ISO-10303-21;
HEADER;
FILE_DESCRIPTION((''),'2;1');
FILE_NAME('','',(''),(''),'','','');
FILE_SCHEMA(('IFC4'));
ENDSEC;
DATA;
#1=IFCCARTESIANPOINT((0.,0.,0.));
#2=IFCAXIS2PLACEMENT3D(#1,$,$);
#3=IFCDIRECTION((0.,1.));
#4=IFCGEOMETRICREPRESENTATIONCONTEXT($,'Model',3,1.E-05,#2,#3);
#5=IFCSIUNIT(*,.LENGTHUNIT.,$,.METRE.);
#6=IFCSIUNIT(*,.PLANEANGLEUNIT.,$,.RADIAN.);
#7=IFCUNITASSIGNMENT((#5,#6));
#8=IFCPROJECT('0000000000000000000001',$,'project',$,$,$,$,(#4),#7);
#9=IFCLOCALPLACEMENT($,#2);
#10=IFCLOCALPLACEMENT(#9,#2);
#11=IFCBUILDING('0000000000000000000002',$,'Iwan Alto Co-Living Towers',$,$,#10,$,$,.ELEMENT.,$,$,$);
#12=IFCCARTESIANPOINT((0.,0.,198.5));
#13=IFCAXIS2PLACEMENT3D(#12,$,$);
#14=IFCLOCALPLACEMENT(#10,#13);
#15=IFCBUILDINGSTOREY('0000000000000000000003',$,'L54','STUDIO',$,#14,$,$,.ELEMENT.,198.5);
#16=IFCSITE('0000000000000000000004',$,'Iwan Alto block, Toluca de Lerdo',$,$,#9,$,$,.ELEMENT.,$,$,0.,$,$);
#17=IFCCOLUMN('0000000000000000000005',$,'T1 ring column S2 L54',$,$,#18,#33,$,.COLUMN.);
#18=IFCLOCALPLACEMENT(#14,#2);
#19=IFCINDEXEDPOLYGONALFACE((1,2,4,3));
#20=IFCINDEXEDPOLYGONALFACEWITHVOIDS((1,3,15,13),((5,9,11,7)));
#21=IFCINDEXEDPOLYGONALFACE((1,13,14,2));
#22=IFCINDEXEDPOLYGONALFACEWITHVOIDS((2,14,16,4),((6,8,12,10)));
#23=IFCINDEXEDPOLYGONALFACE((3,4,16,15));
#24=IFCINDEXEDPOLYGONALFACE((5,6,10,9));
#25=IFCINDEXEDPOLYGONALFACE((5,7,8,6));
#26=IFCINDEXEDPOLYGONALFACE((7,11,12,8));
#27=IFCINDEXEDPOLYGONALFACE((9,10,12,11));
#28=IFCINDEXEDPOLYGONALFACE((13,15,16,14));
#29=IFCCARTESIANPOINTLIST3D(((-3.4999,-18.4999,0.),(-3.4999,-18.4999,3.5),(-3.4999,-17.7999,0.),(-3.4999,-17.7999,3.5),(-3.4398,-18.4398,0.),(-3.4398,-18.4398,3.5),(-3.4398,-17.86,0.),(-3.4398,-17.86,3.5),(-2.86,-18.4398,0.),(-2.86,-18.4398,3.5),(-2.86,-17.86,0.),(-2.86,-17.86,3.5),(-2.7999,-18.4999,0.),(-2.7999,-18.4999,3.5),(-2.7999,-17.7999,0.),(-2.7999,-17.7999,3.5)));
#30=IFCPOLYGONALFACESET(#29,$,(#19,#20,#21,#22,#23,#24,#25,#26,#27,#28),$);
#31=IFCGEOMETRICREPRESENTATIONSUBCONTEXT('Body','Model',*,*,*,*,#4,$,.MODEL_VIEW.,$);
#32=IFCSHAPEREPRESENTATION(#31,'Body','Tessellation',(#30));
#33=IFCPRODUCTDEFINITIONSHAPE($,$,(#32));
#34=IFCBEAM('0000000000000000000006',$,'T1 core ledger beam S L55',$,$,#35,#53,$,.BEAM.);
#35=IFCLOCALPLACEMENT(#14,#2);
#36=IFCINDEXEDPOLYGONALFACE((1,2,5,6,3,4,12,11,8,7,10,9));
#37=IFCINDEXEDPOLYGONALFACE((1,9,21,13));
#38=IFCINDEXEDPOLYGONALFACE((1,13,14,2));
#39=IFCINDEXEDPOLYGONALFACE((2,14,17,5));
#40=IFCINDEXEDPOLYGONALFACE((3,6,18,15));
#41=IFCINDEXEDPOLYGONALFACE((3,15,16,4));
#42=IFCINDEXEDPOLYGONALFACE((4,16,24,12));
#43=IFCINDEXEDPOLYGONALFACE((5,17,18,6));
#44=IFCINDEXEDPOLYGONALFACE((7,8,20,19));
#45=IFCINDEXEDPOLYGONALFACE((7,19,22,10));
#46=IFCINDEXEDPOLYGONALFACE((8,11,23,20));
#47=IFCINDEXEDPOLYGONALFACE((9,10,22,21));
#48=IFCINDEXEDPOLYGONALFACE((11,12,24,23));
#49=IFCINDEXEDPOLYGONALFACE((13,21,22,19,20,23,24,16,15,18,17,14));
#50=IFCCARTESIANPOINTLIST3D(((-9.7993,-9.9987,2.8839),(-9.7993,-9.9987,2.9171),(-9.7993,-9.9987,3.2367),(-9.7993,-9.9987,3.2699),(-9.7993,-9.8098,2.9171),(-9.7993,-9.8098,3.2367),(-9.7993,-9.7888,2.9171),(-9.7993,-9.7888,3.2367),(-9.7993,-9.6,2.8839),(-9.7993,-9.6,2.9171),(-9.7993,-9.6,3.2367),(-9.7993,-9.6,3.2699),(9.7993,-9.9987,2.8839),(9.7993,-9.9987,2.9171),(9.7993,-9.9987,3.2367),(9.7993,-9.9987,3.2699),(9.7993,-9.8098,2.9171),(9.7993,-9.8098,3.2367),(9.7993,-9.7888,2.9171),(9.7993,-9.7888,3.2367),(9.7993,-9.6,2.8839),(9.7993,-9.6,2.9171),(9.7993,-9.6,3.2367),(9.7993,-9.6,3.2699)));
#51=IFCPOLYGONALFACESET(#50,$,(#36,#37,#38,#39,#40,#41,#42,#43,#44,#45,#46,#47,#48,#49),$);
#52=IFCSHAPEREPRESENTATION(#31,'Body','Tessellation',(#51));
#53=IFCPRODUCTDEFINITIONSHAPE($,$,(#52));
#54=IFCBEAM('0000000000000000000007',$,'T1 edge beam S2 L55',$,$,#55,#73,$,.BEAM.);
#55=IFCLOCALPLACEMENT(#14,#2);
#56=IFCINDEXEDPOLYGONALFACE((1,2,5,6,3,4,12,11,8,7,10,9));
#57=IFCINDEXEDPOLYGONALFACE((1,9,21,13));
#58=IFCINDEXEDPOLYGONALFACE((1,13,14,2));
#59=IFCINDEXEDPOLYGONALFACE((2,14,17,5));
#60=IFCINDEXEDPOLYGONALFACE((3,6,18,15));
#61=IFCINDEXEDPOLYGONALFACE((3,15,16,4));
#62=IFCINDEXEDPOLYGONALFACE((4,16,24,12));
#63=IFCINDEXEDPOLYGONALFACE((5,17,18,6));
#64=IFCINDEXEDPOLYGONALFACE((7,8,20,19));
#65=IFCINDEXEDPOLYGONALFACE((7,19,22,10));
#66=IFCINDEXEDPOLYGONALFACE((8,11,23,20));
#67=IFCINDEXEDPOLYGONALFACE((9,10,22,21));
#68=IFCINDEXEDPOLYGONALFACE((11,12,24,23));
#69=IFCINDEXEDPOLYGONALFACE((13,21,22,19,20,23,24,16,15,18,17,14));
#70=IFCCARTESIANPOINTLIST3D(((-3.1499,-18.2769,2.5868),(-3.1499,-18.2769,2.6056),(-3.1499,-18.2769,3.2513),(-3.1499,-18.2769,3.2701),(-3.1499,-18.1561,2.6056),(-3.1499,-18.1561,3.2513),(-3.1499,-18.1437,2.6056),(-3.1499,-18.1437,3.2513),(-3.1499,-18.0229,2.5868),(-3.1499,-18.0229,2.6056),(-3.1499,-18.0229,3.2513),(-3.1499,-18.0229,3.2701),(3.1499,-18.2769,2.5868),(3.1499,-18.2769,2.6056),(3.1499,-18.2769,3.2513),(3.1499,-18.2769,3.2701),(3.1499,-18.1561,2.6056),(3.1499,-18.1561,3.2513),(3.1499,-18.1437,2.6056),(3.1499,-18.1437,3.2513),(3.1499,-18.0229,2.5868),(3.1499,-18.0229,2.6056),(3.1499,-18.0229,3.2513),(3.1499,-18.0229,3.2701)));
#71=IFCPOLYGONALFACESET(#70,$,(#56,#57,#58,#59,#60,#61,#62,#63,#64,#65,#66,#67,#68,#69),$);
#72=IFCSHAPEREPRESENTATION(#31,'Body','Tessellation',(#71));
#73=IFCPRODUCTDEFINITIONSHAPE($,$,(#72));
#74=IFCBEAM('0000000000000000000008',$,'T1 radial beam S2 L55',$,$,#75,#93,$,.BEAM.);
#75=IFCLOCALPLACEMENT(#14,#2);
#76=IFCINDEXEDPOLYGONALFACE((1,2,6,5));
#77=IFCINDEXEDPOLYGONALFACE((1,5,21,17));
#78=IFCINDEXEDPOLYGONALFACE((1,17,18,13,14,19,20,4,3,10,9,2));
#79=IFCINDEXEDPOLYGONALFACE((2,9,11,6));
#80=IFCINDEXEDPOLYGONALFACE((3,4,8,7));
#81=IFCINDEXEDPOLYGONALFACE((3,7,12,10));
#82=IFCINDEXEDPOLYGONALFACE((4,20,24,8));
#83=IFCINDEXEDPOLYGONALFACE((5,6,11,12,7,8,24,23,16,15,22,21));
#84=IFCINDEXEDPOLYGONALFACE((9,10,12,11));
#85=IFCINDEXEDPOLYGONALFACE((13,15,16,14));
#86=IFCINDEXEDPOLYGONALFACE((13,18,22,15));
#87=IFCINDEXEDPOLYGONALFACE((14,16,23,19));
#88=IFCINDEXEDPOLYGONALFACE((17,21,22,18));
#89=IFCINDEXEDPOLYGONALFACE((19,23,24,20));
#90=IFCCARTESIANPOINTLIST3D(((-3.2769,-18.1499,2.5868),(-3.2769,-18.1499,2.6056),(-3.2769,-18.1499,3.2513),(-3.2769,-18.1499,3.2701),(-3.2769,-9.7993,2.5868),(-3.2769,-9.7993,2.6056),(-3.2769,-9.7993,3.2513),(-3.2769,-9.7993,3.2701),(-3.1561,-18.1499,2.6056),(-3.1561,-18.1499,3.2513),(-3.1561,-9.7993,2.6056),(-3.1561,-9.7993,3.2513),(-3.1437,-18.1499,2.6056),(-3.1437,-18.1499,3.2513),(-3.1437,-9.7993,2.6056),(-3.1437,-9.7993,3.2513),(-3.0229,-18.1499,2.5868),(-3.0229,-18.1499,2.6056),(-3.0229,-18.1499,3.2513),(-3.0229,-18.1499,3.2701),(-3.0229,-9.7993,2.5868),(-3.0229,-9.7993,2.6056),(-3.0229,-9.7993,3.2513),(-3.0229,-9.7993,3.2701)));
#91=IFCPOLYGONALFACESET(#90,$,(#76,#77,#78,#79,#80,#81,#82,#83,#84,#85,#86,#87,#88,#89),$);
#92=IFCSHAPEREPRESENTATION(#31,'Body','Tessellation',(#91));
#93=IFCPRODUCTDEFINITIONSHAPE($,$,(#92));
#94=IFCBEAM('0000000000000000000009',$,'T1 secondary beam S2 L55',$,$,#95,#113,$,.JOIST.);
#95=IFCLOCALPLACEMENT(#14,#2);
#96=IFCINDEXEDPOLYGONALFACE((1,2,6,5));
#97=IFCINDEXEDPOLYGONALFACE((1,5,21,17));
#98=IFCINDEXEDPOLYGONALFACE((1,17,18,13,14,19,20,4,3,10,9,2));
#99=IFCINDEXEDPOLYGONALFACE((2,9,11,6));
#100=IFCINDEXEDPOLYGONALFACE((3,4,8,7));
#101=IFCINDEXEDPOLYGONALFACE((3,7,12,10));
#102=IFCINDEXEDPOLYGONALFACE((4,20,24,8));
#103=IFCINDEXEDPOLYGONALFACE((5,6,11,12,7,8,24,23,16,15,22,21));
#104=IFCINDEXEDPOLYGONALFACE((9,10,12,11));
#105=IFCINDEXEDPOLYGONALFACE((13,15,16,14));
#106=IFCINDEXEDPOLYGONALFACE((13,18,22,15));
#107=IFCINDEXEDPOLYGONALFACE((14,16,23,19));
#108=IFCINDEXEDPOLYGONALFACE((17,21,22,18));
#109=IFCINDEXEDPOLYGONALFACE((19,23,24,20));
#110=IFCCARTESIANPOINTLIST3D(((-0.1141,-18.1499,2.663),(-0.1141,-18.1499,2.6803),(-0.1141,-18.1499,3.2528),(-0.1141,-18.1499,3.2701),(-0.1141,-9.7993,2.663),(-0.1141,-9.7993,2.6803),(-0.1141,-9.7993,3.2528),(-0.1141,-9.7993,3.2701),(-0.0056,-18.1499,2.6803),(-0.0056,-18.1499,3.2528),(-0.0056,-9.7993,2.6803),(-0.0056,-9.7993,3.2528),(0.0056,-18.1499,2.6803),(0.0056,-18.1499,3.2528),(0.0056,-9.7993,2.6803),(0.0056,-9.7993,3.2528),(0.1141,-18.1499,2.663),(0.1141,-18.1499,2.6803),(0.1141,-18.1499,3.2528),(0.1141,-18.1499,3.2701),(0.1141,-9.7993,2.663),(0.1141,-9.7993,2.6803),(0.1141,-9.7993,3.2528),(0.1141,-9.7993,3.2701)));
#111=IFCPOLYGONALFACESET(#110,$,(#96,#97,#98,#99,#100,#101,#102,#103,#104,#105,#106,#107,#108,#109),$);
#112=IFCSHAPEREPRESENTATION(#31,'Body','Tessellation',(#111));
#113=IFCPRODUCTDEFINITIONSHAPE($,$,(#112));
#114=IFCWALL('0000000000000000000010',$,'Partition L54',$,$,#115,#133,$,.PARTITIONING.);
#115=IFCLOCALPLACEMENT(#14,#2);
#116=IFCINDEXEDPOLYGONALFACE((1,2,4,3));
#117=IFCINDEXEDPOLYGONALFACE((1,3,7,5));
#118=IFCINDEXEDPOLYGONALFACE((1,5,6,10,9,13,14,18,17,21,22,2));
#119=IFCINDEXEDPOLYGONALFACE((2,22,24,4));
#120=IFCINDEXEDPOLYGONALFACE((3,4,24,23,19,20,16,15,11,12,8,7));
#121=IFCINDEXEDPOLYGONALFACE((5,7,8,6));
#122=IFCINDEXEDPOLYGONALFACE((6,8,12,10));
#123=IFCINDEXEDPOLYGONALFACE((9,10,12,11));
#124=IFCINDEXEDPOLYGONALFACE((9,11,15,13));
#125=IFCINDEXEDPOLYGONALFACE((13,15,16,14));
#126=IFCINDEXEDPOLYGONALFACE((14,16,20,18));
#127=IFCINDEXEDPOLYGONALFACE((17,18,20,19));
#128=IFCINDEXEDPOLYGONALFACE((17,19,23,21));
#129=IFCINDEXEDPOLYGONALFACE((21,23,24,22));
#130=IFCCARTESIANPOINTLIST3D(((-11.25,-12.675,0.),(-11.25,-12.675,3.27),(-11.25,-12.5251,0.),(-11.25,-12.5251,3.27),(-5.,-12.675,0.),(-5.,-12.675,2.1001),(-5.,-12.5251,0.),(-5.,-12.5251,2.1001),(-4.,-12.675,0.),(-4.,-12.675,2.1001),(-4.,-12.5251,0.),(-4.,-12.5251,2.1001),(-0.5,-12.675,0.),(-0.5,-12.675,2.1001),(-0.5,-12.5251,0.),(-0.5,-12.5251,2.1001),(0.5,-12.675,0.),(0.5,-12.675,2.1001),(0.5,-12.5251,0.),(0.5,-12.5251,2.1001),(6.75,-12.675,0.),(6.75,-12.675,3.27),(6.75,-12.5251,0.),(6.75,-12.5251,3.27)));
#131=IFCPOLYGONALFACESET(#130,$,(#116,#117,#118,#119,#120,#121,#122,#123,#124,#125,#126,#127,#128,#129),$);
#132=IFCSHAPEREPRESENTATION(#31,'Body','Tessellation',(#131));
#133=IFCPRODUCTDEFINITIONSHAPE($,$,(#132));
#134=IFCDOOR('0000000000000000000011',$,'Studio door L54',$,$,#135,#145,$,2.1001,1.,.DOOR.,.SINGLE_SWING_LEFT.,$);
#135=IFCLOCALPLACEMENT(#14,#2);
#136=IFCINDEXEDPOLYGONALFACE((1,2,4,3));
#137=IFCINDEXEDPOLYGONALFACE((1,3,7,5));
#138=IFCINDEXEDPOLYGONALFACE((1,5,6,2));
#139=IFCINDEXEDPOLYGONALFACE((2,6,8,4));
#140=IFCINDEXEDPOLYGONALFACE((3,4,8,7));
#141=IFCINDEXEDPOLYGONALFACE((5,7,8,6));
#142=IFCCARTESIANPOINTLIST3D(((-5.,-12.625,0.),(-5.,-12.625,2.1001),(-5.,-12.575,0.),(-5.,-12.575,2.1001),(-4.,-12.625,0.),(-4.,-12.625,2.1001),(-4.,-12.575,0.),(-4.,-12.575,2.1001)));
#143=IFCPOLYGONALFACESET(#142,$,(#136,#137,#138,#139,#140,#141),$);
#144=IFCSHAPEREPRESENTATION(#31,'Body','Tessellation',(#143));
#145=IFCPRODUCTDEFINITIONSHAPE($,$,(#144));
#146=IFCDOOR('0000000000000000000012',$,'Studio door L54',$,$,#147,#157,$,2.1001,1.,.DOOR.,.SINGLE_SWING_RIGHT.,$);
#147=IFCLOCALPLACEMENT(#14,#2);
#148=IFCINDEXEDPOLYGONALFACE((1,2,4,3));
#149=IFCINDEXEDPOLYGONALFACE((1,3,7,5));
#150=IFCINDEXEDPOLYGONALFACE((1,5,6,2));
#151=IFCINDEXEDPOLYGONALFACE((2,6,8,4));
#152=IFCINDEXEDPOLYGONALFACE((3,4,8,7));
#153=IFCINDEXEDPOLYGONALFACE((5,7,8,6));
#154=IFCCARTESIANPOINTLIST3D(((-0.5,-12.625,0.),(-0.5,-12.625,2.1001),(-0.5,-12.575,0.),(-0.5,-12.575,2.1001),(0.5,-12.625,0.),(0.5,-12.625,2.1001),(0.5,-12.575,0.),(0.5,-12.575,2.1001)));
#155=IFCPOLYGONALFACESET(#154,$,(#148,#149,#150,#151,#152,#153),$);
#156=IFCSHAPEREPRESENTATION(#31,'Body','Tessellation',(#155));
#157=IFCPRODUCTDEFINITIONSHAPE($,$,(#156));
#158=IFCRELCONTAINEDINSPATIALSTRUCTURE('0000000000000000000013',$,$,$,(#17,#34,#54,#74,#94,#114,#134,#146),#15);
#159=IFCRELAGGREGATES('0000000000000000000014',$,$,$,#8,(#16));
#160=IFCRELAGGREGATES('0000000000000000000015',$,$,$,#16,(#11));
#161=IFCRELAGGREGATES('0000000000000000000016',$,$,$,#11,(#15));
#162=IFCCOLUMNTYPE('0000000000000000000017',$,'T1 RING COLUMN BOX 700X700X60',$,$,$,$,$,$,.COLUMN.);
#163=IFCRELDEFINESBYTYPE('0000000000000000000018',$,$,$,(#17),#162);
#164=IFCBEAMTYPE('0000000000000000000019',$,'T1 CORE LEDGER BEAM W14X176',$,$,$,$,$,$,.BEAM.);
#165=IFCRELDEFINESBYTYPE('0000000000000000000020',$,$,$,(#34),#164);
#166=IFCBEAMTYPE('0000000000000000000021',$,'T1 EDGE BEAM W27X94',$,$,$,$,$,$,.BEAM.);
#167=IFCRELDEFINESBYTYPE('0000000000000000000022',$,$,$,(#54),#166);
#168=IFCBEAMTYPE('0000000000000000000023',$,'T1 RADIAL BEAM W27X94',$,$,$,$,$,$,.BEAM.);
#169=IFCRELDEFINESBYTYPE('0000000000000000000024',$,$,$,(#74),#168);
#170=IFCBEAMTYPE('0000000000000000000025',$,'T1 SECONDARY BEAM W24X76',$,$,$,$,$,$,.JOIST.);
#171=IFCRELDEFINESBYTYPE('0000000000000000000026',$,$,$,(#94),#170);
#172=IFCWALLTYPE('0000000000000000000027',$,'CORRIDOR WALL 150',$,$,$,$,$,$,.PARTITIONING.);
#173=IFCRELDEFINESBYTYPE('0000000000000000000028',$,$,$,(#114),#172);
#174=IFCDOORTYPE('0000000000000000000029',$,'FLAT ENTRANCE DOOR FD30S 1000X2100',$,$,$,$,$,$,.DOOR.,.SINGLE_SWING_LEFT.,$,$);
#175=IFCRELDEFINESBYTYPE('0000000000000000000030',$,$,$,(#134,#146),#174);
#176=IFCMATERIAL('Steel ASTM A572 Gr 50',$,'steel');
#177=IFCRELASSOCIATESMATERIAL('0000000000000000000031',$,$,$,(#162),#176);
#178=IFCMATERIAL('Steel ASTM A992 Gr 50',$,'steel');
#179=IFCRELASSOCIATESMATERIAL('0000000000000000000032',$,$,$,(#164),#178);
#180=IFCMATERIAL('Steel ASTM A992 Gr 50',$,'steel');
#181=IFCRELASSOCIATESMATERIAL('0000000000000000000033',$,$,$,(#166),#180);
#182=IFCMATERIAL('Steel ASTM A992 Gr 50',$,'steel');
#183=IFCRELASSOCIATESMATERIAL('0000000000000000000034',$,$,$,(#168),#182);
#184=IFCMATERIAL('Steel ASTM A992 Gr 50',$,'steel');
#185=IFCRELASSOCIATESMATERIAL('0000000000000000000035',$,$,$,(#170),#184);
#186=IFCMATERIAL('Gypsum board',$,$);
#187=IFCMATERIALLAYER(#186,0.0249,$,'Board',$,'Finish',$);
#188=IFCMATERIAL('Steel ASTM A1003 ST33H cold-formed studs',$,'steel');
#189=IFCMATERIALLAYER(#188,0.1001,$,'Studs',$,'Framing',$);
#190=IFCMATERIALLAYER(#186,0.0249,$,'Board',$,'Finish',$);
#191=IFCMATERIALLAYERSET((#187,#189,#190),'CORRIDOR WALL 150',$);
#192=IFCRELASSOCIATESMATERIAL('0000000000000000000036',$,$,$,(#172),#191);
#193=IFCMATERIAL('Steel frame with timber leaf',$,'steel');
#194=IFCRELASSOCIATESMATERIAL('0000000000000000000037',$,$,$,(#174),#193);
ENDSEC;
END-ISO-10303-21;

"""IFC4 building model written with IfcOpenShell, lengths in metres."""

from ifc_helpers import new_model, si_unit, direction, frame, frame_2d, origin, origin_2d, place, context, subcontext, project, spatial, rectangle, hollow_rectangle, i_section, extrude, material, layer, layer_set, material_profile, profile_set, type_object, element, fill, save


model = new_model("IFC4")

# Units and contexts
model_context = context("Model", 3, precision=1e-05, world=origin(), true_north=direction((0.0, 1.0)))
body_context = subcontext(model_context, "Body", "Model", "MODEL_VIEW")
ifc_project = project(units=[si_unit("LENGTHUNIT", "METRE"), si_unit("PLANEANGLEUNIT", "RADIAN")], contexts=[model_context])

# Site, building, storey
site_placement = place(None, origin())
site = spatial("IfcSite", under=ifc_project, at=site_placement, Name="Iwan Alto block, Toluca de Lerdo", CompositionType="ELEMENT", RefElevation=0.0)
building_placement = place(site_placement, origin())
building = spatial("IfcBuilding", under=site, at=building_placement, Name="Iwan Alto Co-Living Towers", CompositionType="ELEMENT")
storey_placement = place(building_placement, frame((0.0, 0.0, 198.5)))
storey = spatial("IfcBuildingStorey", under=building, at=storey_placement, Name="L54", Description="STUDIO", CompositionType="ELEMENT", Elevation=198.5)

# Column
ifc_material_1 = material(Name="Steel ASTM A572 Gr 50", Category="steel")
ifc_material_profile_1 = material_profile(ifc_material_1, hollow_rectangle(XDim=0.7, YDim=0.7, WallThickness=0.0601, at=origin_2d()), Name="BOX 700X700X60")
ifc_profile_set_1 = profile_set([ifc_material_profile_1], Name="Steel ASTM A572 Gr 50")
column_type = type_object("IfcColumnType", Name="T1 RING COLUMN BOX 700X700X60", PredefinedType="COLUMN", material=ifc_profile_set_1)
column_placement = place(storey_placement, frame((-3.1499, -18.1499, 0.0), z_axis=(0.0, 0.0, 1.0), x_axis=(1.0, 0.0, 0.0)))
element("IfcColumn", 1, at=column_placement, inside=storey, type_object=column_type, Name="T1 ring column S2 L54", PredefinedType="COLUMN", context=body_context, shape_type="SweptSolid", body=[
    extrude(hollow_rectangle(XDim=0.7, YDim=0.7, WallThickness=0.0601, at=origin_2d()), origin(), (0.0, 0.0, 1.0), 3.5),
])

# Beams
ifc_material_2 = material(Name="Steel ASTM A992 Gr 50", Category="steel")
ifc_material_profile_2 = material_profile(ifc_material_2, i_section(OverallWidth=0.3987, OverallDepth=0.386, WebThickness=0.021, FlangeThickness=0.0332, at=origin_2d()), Name="W14X176")
ifc_profile_set_2 = profile_set([ifc_material_profile_2], Name="Steel ASTM A992 Gr 50")
beam_type_1 = type_object("IfcBeamType", Name="T1 CORE LEDGER BEAM W14X176", PredefinedType="BEAM", material=ifc_profile_set_2)
beam_1_placement = place(storey_placement, frame((-9.7993, -9.7993, 3.0769), z_axis=(1.0, 0.0, 0.0), x_axis=(0.0, 1.0, 0.0)))
element("IfcBeam", 2, at=beam_1_placement, inside=storey, type_object=beam_type_1, Name="T1 core ledger beam S L55", PredefinedType="BEAM", context=body_context, shape_type="SweptSolid", body=[
    extrude(i_section(OverallWidth=0.3987, OverallDepth=0.386, WebThickness=0.021, FlangeThickness=0.0332, at=origin_2d()), origin(), (0.0, 0.0, 1.0), 19.5986),
])
ifc_material_3 = material(Name="Steel ASTM A992 Gr 50", Category="steel")
ifc_material_profile_3 = material_profile(ifc_material_3, i_section(OverallWidth=0.2539, OverallDepth=0.6833, WebThickness=0.0125, FlangeThickness=0.0188, at=origin_2d()), Name="W27X94")
ifc_profile_set_3 = profile_set([ifc_material_profile_3], Name="Steel ASTM A992 Gr 50")
beam_type_2 = type_object("IfcBeamType", Name="T1 EDGE BEAM W27X94", PredefinedType="BEAM", material=ifc_profile_set_3)
beam_2_placement = place(storey_placement, frame((-3.1499, -18.1499, 2.9285), z_axis=(1.0, 0.0, 0.0), x_axis=(0.0, 1.0, 0.0)))
element("IfcBeam", 3, at=beam_2_placement, inside=storey, type_object=beam_type_2, Name="T1 edge beam S2 L55", PredefinedType="BEAM", context=body_context, shape_type="SweptSolid", body=[
    extrude(i_section(OverallWidth=0.2539, OverallDepth=0.6833, WebThickness=0.0125, FlangeThickness=0.0188, at=origin_2d()), origin(), (0.0, 0.0, 1.0), 6.2998),
])
ifc_material_4 = material(Name="Steel ASTM A992 Gr 50", Category="steel")
ifc_material_profile_4 = material_profile(ifc_material_4, i_section(OverallWidth=0.2539, OverallDepth=0.6833, WebThickness=0.0125, FlangeThickness=0.0188, at=origin_2d()), Name="W27X94")
ifc_profile_set_4 = profile_set([ifc_material_profile_4], Name="Steel ASTM A992 Gr 50")
beam_type_3 = type_object("IfcBeamType", Name="T1 RADIAL BEAM W27X94", PredefinedType="BEAM", material=ifc_profile_set_4)
beam_3_placement = place(storey_placement, frame((-3.1499, -18.1499, 2.9285), z_axis=(0.0, 1.0, 0.0), x_axis=(-1.0, 0.0, 0.0)))
element("IfcBeam", 4, at=beam_3_placement, inside=storey, type_object=beam_type_3, Name="T1 radial beam S2 L55", PredefinedType="BEAM", context=body_context, shape_type="SweptSolid", body=[
    extrude(i_section(OverallWidth=0.2539, OverallDepth=0.6833, WebThickness=0.0125, FlangeThickness=0.0188, at=origin_2d()), origin(), (0.0, 0.0, 1.0), 8.3506),
])
ifc_material_5 = material(Name="Steel ASTM A992 Gr 50", Category="steel")
ifc_material_profile_5 = material_profile(ifc_material_5, i_section(OverallWidth=0.2283, OverallDepth=0.6072, WebThickness=0.0112, FlangeThickness=0.0173, at=origin_2d()), Name="W24X76")
ifc_profile_set_5 = profile_set([ifc_material_profile_5], Name="Steel ASTM A992 Gr 50")
beam_type_4 = type_object("IfcBeamType", Name="T1 SECONDARY BEAM W24X76", PredefinedType="JOIST", material=ifc_profile_set_5)
beam_4_placement = place(storey_placement, frame((0.0, -18.1499, 2.9666), z_axis=(0.0, 1.0, 0.0), x_axis=(-1.0, 0.0, 0.0)))
element("IfcBeam", 5, at=beam_4_placement, inside=storey, type_object=beam_type_4, Name="T1 secondary beam S2 L55", PredefinedType="JOIST", context=body_context, shape_type="SweptSolid", body=[
    extrude(i_section(OverallWidth=0.2283, OverallDepth=0.6072, WebThickness=0.0112, FlangeThickness=0.0173, at=origin_2d()), origin(), (0.0, 0.0, 1.0), 8.3506),
])

# Wall, openings, doors
ifc_material_6 = material(Name="Gypsum board")
ifc_layer_1 = layer(ifc_material_6, 0.0249, Name="Board", Category="Finish")
ifc_material_7 = material(Name="Steel ASTM A1003 ST33H cold-formed studs", Category="steel")
ifc_layer_2 = layer(ifc_material_7, 0.1001, Name="Studs", Category="Framing")
ifc_layer_3 = layer(ifc_material_6, 0.0249, Name="Board", Category="Finish")
ifc_layer_set_1 = layer_set([ifc_layer_1, ifc_layer_2, ifc_layer_3], Name="CORRIDOR WALL 150")
wall_type_1 = type_object("IfcWallType", Name="CORRIDOR WALL 150", PredefinedType="PARTITIONING", material=ifc_layer_set_1)
wall_1_placement = place(storey_placement, frame((-11.25, -12.6001, 0.0), z_axis=(0.0, 0.0, 1.0), x_axis=(1.0, 0.0, 0.0)))
wall_1 = element("IfcWall", 6, at=wall_1_placement, inside=storey, type_object=wall_type_1, Name="Partition L54", PredefinedType="PARTITIONING", context=body_context, shape_type="SweptSolid", body=[
    extrude(rectangle(XDim=18.0, YDim=0.1499, at=frame_2d((9.0, 0.0))), origin(), (0.0, 0.0, 1.0), 3.27),
])
opening_1_placement = place(wall_1_placement, frame((6.25, 0.0, 0.0)))
opening_1 = element("IfcOpeningElement", 7, at=opening_1_placement, cuts=wall_1, PredefinedType="OPENING", context=body_context, shape_type="SweptSolid", body=[
    extrude(rectangle(XDim=1.0, YDim=2.1001, at=frame_2d((0.5, 1.05))), frame((0.0, 0.085, 0.0), z_axis=(0.0, -1.0, 0.0), x_axis=(1.0, 0.0, 0.0)), (0.0, 0.0, 1.0), 0.1699),
])
opening_2_placement = place(wall_1_placement, frame((10.75, 0.0, 0.0)))
opening_2 = element("IfcOpeningElement", 8, at=opening_2_placement, cuts=wall_1, PredefinedType="OPENING", context=body_context, shape_type="SweptSolid", body=[
    extrude(rectangle(XDim=1.0, YDim=2.1001, at=frame_2d((0.5, 1.05))), frame((0.0, 0.085, 0.0), z_axis=(0.0, -1.0, 0.0), x_axis=(1.0, 0.0, 0.0)), (0.0, 0.0, 1.0), 0.1699),
])
ifc_material_8 = material(Name="Steel frame with timber leaf", Category="steel")
door_type_1 = type_object("IfcDoorType", Name="FLAT ENTRANCE DOOR FD30S 1000X2100", OperationType="SINGLE_SWING_LEFT", PredefinedType="DOOR", material=ifc_material_8)
door_1_placement = place(opening_1_placement, frame((1.0, 0.0, 0.0), z_axis=(0.0, 0.0, 1.0), x_axis=(-1.0, 0.0, 0.0)))
door_1 = element("IfcDoor", 9, at=door_1_placement, inside=storey, type_object=door_type_1, Name="Studio door L54", OperationType="SINGLE_SWING_LEFT", OverallHeight=2.1001, OverallWidth=1.0, PredefinedType="DOOR", context=body_context, shape_type="SweptSolid", body=[
    extrude(rectangle(XDim=1.0, YDim=2.1001, at=frame_2d((0.5, 1.05))), frame((0.0, 0.0249, 0.0), z_axis=(0.0, -1.0, 0.0), x_axis=(1.0, 0.0, 0.0)), (0.0, 0.0, 1.0), 0.05),
])
fill(opening_1, door_1)
door_2_placement = place(opening_2_placement, frame((1.0, 0.0, 0.0), z_axis=(0.0, 0.0, 1.0), x_axis=(-1.0, 0.0, 0.0)))
door_2 = element("IfcDoor", 10, at=door_2_placement, inside=storey, type_object=door_type_1, Name="Studio door L54", OperationType="SINGLE_SWING_RIGHT", OverallHeight=2.1001, OverallWidth=1.0, PredefinedType="DOOR", context=body_context, shape_type="SweptSolid", body=[
    extrude(rectangle(XDim=1.0, YDim=2.1001, at=frame_2d((0.5, 1.05))), frame((0.0, 0.0249, 0.0), z_axis=(0.0, -1.0, 0.0), x_axis=(1.0, 0.0, 0.0)), (0.0, 0.0, 1.0), 0.05),
])
fill(opening_2, door_2)

save(model, "model.ifc")
